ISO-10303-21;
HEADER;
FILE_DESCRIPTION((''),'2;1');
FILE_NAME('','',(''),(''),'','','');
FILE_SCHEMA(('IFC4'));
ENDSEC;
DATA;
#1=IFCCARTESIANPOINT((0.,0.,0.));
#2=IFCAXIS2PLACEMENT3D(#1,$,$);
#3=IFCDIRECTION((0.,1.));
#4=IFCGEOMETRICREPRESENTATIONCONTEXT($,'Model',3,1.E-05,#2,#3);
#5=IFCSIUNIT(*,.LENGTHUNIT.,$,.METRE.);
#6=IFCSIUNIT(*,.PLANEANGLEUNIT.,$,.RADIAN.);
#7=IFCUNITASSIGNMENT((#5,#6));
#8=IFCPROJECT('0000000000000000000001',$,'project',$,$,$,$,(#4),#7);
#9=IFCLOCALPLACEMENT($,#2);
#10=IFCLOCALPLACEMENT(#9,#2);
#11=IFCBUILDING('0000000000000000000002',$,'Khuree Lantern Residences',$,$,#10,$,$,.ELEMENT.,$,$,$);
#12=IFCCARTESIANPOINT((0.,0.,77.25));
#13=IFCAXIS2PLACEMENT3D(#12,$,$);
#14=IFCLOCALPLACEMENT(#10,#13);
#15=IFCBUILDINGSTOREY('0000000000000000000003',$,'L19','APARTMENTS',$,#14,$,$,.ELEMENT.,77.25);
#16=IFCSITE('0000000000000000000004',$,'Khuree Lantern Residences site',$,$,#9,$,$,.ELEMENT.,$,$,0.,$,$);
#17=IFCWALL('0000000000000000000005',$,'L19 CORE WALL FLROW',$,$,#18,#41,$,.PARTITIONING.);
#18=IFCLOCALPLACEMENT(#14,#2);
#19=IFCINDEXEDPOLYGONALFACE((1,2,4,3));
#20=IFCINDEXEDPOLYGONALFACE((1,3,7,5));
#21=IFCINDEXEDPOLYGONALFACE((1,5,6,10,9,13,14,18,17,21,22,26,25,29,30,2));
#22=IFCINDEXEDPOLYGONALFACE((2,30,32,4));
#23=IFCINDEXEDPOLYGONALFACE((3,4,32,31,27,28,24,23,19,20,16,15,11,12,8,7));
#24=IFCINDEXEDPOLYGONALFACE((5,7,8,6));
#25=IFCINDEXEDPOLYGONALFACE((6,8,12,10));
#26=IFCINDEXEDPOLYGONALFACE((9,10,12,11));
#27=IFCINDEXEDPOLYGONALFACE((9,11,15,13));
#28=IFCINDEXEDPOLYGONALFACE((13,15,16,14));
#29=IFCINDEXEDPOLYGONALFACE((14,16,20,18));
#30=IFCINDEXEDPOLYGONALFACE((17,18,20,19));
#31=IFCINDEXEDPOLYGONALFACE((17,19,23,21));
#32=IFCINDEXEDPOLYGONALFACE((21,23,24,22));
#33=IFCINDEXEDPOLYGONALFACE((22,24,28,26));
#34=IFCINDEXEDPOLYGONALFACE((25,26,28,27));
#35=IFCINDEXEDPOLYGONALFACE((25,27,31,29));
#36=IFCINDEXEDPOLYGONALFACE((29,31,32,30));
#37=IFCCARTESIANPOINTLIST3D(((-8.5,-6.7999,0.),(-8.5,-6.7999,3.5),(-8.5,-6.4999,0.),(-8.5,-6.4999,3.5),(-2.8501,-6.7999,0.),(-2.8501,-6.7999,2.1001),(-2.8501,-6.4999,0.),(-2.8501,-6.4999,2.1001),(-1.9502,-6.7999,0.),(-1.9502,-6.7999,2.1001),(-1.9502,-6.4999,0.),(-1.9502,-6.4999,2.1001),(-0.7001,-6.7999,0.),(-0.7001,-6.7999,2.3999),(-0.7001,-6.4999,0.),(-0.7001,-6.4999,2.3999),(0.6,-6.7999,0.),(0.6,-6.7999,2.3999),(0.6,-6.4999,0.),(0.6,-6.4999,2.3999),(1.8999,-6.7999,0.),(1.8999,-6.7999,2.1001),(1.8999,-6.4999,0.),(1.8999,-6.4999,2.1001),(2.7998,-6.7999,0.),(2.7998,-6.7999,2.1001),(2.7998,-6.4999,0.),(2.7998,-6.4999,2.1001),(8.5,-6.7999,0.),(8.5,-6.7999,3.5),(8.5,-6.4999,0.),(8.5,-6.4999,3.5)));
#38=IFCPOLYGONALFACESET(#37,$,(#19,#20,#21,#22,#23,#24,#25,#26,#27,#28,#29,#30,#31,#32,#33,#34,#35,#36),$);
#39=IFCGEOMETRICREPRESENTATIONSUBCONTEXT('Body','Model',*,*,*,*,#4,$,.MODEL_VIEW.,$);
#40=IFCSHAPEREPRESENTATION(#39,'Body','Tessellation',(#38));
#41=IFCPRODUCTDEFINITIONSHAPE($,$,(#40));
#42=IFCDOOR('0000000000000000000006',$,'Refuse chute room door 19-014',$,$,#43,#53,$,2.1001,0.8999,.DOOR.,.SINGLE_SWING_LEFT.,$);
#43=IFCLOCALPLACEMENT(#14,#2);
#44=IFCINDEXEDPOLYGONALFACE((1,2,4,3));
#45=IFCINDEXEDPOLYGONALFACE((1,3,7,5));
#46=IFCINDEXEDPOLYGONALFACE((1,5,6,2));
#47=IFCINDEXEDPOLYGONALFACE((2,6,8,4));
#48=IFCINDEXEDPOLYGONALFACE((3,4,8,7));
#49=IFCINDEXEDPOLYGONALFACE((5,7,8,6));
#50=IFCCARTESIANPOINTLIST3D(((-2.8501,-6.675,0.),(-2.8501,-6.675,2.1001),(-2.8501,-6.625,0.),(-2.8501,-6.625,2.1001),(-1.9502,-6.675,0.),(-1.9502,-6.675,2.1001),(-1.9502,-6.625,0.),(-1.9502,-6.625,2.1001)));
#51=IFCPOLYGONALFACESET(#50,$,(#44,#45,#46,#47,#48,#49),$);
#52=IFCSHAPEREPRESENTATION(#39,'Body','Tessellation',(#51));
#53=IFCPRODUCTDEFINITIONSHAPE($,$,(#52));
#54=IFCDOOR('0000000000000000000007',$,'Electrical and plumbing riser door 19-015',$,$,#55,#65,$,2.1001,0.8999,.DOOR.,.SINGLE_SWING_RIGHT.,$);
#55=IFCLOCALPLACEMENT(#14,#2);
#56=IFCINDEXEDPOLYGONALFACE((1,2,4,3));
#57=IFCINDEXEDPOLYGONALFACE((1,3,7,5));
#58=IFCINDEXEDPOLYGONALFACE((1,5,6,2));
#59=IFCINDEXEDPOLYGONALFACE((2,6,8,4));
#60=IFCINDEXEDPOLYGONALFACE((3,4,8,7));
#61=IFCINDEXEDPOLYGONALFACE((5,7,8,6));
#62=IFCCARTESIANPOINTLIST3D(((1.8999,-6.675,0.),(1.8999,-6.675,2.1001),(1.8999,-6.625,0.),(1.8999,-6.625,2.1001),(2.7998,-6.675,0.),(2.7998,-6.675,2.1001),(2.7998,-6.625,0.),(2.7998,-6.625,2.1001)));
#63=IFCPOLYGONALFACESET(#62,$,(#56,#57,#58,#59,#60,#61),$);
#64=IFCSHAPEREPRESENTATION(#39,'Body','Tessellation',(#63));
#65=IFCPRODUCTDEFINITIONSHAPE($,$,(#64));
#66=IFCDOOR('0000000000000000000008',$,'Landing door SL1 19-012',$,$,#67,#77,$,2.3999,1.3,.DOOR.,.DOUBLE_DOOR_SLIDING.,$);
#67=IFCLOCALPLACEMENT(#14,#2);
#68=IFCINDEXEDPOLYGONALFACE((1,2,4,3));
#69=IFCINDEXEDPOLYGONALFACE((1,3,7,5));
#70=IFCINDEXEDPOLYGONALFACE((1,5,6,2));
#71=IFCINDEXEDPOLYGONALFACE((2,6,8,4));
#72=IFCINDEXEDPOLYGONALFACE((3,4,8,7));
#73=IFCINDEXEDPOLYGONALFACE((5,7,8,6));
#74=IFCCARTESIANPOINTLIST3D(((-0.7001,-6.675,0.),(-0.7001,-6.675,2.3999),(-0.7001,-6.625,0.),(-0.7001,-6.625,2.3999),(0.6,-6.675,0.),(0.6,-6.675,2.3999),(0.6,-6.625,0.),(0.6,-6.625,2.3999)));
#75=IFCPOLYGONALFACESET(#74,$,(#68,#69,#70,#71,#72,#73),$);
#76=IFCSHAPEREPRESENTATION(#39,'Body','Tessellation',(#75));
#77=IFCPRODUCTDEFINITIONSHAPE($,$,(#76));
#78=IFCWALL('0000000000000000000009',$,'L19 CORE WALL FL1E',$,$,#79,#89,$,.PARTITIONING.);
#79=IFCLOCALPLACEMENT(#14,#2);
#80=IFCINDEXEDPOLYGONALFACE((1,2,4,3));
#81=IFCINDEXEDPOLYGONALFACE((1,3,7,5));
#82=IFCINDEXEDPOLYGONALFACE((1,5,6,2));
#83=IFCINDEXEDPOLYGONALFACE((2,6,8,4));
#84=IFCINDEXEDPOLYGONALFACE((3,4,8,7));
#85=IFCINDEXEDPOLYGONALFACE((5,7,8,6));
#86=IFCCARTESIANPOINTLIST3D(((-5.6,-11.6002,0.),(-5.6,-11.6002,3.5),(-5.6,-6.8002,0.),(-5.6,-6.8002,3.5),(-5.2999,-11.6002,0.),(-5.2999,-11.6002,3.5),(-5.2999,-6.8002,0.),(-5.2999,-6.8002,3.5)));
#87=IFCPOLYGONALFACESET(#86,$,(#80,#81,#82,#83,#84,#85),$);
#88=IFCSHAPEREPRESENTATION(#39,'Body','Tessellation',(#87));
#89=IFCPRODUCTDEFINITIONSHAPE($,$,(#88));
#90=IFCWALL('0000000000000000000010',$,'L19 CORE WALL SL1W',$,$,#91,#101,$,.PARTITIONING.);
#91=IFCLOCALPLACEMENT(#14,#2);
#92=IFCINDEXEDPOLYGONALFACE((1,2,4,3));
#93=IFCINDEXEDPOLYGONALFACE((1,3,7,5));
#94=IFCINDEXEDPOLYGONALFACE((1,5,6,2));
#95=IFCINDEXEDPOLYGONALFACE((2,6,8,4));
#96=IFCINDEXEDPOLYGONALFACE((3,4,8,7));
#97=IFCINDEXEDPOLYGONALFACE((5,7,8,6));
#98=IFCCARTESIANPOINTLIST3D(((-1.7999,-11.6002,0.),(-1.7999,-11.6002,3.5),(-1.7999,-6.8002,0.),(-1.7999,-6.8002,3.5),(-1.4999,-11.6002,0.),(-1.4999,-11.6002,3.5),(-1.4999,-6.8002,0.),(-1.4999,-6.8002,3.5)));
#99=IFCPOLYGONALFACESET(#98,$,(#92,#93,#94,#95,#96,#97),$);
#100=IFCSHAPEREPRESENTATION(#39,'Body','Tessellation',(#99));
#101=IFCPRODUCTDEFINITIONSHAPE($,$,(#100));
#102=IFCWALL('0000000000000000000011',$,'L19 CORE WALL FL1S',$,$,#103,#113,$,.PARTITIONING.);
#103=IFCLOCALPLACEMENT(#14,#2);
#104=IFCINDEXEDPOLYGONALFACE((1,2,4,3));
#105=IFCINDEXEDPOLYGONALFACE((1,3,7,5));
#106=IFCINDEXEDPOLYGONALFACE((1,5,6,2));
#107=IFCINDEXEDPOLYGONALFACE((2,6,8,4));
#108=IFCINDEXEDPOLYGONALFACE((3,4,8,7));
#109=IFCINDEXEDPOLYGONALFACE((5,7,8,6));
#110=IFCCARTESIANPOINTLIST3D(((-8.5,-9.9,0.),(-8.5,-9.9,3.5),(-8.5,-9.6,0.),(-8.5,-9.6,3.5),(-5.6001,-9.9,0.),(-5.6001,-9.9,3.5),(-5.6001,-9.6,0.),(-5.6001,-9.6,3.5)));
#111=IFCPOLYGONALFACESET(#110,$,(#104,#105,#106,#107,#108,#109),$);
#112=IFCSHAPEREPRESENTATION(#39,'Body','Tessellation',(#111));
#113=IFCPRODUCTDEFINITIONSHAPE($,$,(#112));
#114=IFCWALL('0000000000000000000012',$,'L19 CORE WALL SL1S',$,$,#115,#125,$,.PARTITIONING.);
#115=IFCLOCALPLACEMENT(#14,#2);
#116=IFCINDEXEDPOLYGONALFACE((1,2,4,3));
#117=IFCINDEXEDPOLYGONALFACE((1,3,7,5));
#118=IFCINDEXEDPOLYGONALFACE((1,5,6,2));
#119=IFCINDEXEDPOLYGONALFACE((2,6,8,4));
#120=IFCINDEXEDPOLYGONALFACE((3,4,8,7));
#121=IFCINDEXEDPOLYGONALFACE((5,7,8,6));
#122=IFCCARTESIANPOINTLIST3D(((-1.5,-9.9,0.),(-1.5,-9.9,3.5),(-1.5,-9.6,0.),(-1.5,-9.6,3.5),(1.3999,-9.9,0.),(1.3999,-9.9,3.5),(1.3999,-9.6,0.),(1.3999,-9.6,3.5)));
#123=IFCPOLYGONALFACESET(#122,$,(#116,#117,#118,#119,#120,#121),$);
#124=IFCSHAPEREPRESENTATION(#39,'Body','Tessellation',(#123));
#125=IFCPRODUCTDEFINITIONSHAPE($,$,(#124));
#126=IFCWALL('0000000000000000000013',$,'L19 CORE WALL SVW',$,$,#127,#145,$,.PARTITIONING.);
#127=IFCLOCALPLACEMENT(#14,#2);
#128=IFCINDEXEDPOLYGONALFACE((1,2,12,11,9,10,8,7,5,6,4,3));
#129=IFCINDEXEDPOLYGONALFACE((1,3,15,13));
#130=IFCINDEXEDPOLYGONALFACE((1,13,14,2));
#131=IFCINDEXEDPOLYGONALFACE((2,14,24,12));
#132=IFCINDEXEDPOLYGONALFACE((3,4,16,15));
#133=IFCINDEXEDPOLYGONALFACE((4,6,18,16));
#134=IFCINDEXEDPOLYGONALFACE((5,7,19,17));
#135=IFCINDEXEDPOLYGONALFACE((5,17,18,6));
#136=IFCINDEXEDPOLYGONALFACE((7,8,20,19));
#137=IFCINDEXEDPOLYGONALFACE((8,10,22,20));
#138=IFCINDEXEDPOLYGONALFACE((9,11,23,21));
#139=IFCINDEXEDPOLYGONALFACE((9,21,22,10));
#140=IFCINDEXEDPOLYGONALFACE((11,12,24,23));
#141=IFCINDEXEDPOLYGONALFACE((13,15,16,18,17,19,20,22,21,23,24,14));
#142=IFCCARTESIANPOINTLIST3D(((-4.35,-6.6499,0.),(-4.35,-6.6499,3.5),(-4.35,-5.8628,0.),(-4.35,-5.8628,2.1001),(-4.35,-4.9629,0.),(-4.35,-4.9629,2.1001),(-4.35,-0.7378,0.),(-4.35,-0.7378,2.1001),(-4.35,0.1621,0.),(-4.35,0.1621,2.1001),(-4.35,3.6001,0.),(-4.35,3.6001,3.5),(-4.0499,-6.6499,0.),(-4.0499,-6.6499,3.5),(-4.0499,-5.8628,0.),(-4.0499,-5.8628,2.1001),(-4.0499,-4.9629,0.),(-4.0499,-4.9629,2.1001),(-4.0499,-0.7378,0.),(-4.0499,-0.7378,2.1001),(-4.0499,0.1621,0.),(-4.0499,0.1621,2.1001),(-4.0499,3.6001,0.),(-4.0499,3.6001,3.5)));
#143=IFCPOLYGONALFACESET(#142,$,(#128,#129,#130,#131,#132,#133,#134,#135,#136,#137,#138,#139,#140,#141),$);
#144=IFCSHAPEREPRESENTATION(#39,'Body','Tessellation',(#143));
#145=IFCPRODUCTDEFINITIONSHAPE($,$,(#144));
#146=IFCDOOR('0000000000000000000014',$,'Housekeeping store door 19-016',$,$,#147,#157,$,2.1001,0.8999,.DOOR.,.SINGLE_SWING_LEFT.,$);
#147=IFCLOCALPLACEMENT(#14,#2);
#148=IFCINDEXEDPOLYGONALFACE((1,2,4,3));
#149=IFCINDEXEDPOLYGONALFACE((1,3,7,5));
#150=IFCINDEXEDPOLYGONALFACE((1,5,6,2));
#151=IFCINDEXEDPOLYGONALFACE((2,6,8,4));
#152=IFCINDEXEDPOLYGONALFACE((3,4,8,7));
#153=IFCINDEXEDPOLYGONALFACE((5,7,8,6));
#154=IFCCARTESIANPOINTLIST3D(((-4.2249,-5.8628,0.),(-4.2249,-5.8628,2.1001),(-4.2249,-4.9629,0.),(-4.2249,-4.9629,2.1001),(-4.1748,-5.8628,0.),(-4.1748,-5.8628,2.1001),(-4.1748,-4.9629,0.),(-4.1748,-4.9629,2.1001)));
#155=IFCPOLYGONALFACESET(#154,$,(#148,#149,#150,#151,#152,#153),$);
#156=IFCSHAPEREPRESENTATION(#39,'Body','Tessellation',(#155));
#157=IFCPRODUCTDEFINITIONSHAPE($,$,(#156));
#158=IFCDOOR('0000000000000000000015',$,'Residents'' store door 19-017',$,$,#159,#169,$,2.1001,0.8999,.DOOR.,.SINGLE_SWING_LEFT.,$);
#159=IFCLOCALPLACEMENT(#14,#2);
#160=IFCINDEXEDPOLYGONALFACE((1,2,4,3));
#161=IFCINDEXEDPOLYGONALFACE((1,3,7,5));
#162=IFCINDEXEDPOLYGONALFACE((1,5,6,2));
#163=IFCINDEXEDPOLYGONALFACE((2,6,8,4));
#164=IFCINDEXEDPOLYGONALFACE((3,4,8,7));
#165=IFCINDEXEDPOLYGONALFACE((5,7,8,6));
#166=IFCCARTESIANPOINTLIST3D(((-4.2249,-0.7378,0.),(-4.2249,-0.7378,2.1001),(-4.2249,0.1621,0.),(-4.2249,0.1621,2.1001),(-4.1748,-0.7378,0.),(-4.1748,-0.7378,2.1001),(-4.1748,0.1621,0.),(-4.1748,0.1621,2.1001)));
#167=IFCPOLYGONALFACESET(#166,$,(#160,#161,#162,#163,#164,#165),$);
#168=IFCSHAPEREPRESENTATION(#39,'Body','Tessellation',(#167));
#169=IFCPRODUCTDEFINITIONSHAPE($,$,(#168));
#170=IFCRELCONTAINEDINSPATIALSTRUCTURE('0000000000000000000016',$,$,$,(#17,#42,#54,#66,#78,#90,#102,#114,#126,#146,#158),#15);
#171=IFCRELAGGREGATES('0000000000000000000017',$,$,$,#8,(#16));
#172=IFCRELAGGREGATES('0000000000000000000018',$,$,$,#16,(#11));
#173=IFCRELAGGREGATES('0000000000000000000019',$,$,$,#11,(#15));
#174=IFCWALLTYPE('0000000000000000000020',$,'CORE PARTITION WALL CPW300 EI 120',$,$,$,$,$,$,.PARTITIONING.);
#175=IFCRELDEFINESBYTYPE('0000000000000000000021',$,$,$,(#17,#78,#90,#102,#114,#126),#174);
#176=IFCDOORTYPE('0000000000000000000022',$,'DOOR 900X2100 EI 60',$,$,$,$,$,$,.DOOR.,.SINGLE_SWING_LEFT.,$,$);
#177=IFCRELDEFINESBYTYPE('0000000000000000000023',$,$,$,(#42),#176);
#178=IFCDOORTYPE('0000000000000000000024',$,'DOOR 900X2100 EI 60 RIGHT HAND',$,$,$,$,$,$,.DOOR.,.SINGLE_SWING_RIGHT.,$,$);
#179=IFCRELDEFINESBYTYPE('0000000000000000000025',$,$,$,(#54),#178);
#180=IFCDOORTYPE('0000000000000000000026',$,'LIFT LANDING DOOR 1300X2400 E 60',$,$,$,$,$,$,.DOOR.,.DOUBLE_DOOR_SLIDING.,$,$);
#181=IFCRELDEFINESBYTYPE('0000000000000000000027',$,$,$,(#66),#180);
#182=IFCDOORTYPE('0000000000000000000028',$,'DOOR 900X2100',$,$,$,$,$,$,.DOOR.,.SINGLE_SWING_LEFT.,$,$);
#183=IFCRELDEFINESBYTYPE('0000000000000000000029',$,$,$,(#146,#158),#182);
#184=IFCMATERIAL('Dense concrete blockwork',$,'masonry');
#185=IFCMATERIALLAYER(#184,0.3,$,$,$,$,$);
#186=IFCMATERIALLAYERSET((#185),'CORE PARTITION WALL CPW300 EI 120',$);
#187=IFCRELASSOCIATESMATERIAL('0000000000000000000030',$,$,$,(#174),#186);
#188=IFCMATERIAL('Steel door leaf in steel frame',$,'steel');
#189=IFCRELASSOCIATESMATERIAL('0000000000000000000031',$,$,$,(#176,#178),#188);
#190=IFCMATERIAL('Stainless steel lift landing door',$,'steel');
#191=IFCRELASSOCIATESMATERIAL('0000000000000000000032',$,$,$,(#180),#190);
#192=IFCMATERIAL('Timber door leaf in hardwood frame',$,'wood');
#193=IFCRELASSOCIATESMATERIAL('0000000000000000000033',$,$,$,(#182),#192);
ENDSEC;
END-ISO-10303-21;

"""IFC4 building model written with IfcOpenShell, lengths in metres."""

from ifc_helpers import new_model, si_unit, direction, frame, frame_2d, origin, place, context, subcontext, project, spatial, rectangle, extrude, material, layer, layer_set, type_object, element, fill, save


model = new_model("IFC4")

# Units and contexts
model_context = context("Model", 3, precision=1e-05, world=origin(), true_north=direction((0.0, 1.0)))
body_context = subcontext(model_context, "Body", "Model", "MODEL_VIEW")
ifc_project = project(units=[si_unit("LENGTHUNIT", "METRE"), si_unit("PLANEANGLEUNIT", "RADIAN")], contexts=[model_context])

# Site, building, storey
site_placement = place(None, origin())
site = spatial("IfcSite", under=ifc_project, at=site_placement, Name="Khuree Lantern Residences site", CompositionType="ELEMENT", RefElevation=0.0)
building_placement = place(site_placement, origin())
building = spatial("IfcBuilding", under=site, at=building_placement, Name="Khuree Lantern Residences", CompositionType="ELEMENT")
storey_placement = place(building_placement, frame((0.0, 0.0, 77.25)))
storey = spatial("IfcBuildingStorey", under=building, at=storey_placement, Name="L19", Description="APARTMENTS", CompositionType="ELEMENT", Elevation=77.25)

# Wall, openings, doors
ifc_material_1 = material(Name="Dense concrete blockwork", Category="masonry")
ifc_layer_1 = layer(ifc_material_1, 0.3)
ifc_layer_set_1 = layer_set([ifc_layer_1], Name="CORE PARTITION WALL CPW300 EI 120")
wall_type_1 = type_object("IfcWallType", Name="CORE PARTITION WALL CPW300 EI 120", PredefinedType="PARTITIONING", material=ifc_layer_set_1)
wall_1_placement = place(storey_placement, frame((-8.5, -6.6499, 0.0), z_axis=(0.0, 0.0, 1.0), x_axis=(1.0, 0.0, 0.0)))
wall_1 = element("IfcWall", 1, at=wall_1_placement, inside=storey, type_object=wall_type_1, Name="L19 CORE WALL FLROW", PredefinedType="PARTITIONING", context=body_context, shape_type="SweptSolid", body=[
    extrude(rectangle(XDim=17.0, YDim=0.3, at=frame_2d((8.5, 0.0))), origin(), (0.0, 0.0, 1.0), 3.5),
])
opening_1_placement = place(wall_1_placement, frame((7.8, 0.0, 0.0)))
opening_1 = element("IfcOpeningElement", 2, at=opening_1_placement, cuts=wall_1, PredefinedType="OPENING", context=body_context, shape_type="SweptSolid", body=[
    extrude(rectangle(XDim=1.3, YDim=2.3999, at=frame_2d((0.6499, 1.2))), frame((0.0, 0.1602, 0.0), z_axis=(0.0, -1.0, 0.0), x_axis=(1.0, 0.0, 0.0)), (0.0, 0.0, 1.0), 0.3201),
])
opening_2_placement = place(wall_1_placement, frame((5.6499, 0.0, 0.0)))
opening_2 = element("IfcOpeningElement", 3, at=opening_2_placement, cuts=wall_1, PredefinedType="OPENING", context=body_context, shape_type="SweptSolid", body=[
    extrude(rectangle(XDim=0.8999, YDim=2.1001, at=frame_2d((0.45, 1.05))), frame((0.0, 0.1602, 0.0), z_axis=(0.0, -1.0, 0.0), x_axis=(1.0, 0.0, 0.0)), (0.0, 0.0, 1.0), 0.3201),
])
opening_3_placement = place(wall_1_placement, frame((10.3999, 0.0, 0.0)))
opening_3 = element("IfcOpeningElement", 4, at=opening_3_placement, cuts=wall_1, PredefinedType="OPENING", context=body_context, shape_type="SweptSolid", body=[
    extrude(rectangle(XDim=0.8999, YDim=2.1001, at=frame_2d((0.45, 1.05))), frame((0.0, 0.1602, 0.0), z_axis=(0.0, -1.0, 0.0), x_axis=(1.0, 0.0, 0.0)), (0.0, 0.0, 1.0), 0.3201),
])
ifc_material_2 = material(Name="Steel door leaf in steel frame", Category="steel")
door_type_1 = type_object("IfcDoorType", Name="DOOR 900X2100 EI 60", OperationType="SINGLE_SWING_LEFT", PredefinedType="DOOR", material=ifc_material_2)
door_1_placement = place(opening_2_placement, origin())
door_1 = element("IfcDoor", 5, at=door_1_placement, inside=storey, type_object=door_type_1, Name="Refuse chute room door 19-014", OperationType="SINGLE_SWING_LEFT", OverallHeight=2.1001, OverallWidth=0.8999, PredefinedType="DOOR", context=body_context, shape_type="SweptSolid", body=[
    extrude(rectangle(XDim=0.8999, YDim=2.1001, at=frame_2d((0.45, 1.05))), frame((0.0, 0.0249, 0.0), z_axis=(0.0, -1.0, 0.0), x_axis=(1.0, 0.0, 0.0)), (0.0, 0.0, 1.0), 0.05),
])
fill(opening_2, door_1)
door_type_2 = type_object("IfcDoorType", Name="DOOR 900X2100 EI 60 RIGHT HAND", OperationType="SINGLE_SWING_RIGHT", PredefinedType="DOOR", material=ifc_material_2)
door_2_placement = place(opening_3_placement, origin())
door_2 = element("IfcDoor", 6, at=door_2_placement, inside=storey, type_object=door_type_2, Name="Electrical and plumbing riser door 19-015", OperationType="SINGLE_SWING_RIGHT", OverallHeight=2.1001, OverallWidth=0.8999, PredefinedType="DOOR", context=body_context, shape_type="SweptSolid", body=[
    extrude(rectangle(XDim=0.8999, YDim=2.1001, at=frame_2d((0.45, 1.05))), frame((0.0, 0.0249, 0.0), z_axis=(0.0, -1.0, 0.0), x_axis=(1.0, 0.0, 0.0)), (0.0, 0.0, 1.0), 0.05),
])
fill(opening_3, door_2)
ifc_material_3 = material(Name="Stainless steel lift landing door", Category="steel")
door_type_3 = type_object("IfcDoorType", Name="LIFT LANDING DOOR 1300X2400 E 60", OperationType="DOUBLE_DOOR_SLIDING", PredefinedType="DOOR", material=ifc_material_3)
door_3_placement = place(opening_1_placement, origin())
door_3 = element("IfcDoor", 7, at=door_3_placement, inside=storey, type_object=door_type_3, Name="Landing door SL1 19-012", OperationType="DOUBLE_DOOR_SLIDING", OverallHeight=2.3999, OverallWidth=1.3, PredefinedType="DOOR", context=body_context, shape_type="SweptSolid", body=[
    extrude(rectangle(XDim=1.3, YDim=2.3999, at=frame_2d((0.6499, 1.2))), frame((0.0, 0.0249, 0.0), z_axis=(0.0, -1.0, 0.0), x_axis=(1.0, 0.0, 0.0)), (0.0, 0.0, 1.0), 0.05),
])
fill(opening_1, door_3)

# Walls
for number, where, z_axis, x_axis, name in (
    (8, (-5.45, -11.6001, 0.0), (0.0, 0.0, 1.0), (0.0, 1.0, 0.0), "L19 CORE WALL FL1E"),
    (9, (-1.6499, -11.6001, 0.0), (0.0, 0.0, 1.0), (0.0, 1.0, 0.0), "L19 CORE WALL SL1W"),
):
    element("IfcWall", number, at=place(storey_placement, frame(where, z_axis=z_axis, x_axis=x_axis)), inside=storey, type_object=wall_type_1, Name=name, PredefinedType="PARTITIONING", context=body_context, shape_type="SweptSolid", body=[
        extrude(rectangle(XDim=4.8, YDim=0.3, at=frame_2d((2.3999, 0.0))), origin(), (0.0, 0.0, 1.0), 3.5),
    ])
for number, where, z_axis, x_axis, name in (
    (10, (-8.5, -9.75, 0.0), (0.0, 0.0, 1.0), (1.0, 0.0, 0.0), "L19 CORE WALL FL1S"),
    (11, (-1.5, -9.75, 0.0), (0.0, 0.0, 1.0), (1.0, 0.0, 0.0), "L19 CORE WALL SL1S"),
):
    element("IfcWall", number, at=place(storey_placement, frame(where, z_axis=z_axis, x_axis=x_axis)), inside=storey, type_object=wall_type_1, Name=name, PredefinedType="PARTITIONING", context=body_context, shape_type="SweptSolid", body=[
        extrude(rectangle(XDim=2.8999, YDim=0.3, at=frame_2d((1.45, 0.0))), origin(), (0.0, 0.0, 1.0), 3.5),
    ])

# Wall, openings, doors
wall_2_placement = place(storey_placement, frame((-4.2, -6.6499, 0.0), z_axis=(0.0, 0.0, 1.0), x_axis=(0.0, 1.0, 0.0)))
wall_2 = element("IfcWall", 12, at=wall_2_placement, inside=storey, type_object=wall_type_1, Name="L19 CORE WALL SVW", PredefinedType="PARTITIONING", context=body_context, shape_type="SweptSolid", body=[
    extrude(rectangle(XDim=10.25, YDim=0.3, at=frame_2d((5.125, 0.0))), origin(), (0.0, 0.0, 1.0), 3.5),
])
opening_4_placement = place(wall_2_placement, frame((0.7871, 0.0, 0.0)))
opening_4 = element("IfcOpeningElement", 13, at=opening_4_placement, cuts=wall_2, PredefinedType="OPENING", context=body_context, shape_type="SweptSolid", body=[
    extrude(rectangle(XDim=0.8999, YDim=2.1001, at=frame_2d((0.45, 1.05))), frame((0.0, 0.1602, 0.0), z_axis=(0.0, -1.0, 0.0), x_axis=(1.0, 0.0, 0.0)), (0.0, 0.0, 1.0), 0.3201),
])
opening_5_placement = place(wall_2_placement, frame((5.9121, 0.0, 0.0)))
opening_5 = element("IfcOpeningElement", 14, at=opening_5_placement, cuts=wall_2, PredefinedType="OPENING", context=body_context, shape_type="SweptSolid", body=[
    extrude(rectangle(XDim=0.8999, YDim=2.1001, at=frame_2d((0.45, 1.05))), frame((0.0, 0.1602, 0.0), z_axis=(0.0, -1.0, 0.0), x_axis=(1.0, 0.0, 0.0)), (0.0, 0.0, 1.0), 0.3201),
])
ifc_material_4 = material(Name="Timber door leaf in hardwood frame", Category="wood")
door_type_4 = type_object("IfcDoorType", Name="DOOR 900X2100", OperationType="SINGLE_SWING_LEFT", PredefinedType="DOOR", material=ifc_material_4)
door_4_placement = place(opening_4_placement, origin())
door_4 = element("IfcDoor", 15, at=door_4_placement, inside=storey, type_object=door_type_4, Name="Housekeeping store door 19-016", OperationType="SINGLE_SWING_LEFT", OverallHeight=2.1001, OverallWidth=0.8999, PredefinedType="DOOR", context=body_context, shape_type="SweptSolid", body=[
    extrude(rectangle(XDim=0.8999, YDim=2.1001, at=frame_2d((0.45, 1.05))), frame((0.0, 0.0249, 0.0), z_axis=(0.0, -1.0, 0.0), x_axis=(1.0, 0.0, 0.0)), (0.0, 0.0, 1.0), 0.05),
])
fill(opening_4, door_4)
door_5_placement = place(opening_5_placement, origin())
door_5 = element("IfcDoor", 16, at=door_5_placement, inside=storey, type_object=door_type_4, Name="Residents' store door 19-017", OperationType="SINGLE_SWING_LEFT", OverallHeight=2.1001, OverallWidth=0.8999, PredefinedType="DOOR", context=body_context, shape_type="SweptSolid", body=[
    extrude(rectangle(XDim=0.8999, YDim=2.1001, at=frame_2d((0.45, 1.05))), frame((0.0, 0.0249, 0.0), z_axis=(0.0, -1.0, 0.0), x_axis=(1.0, 0.0, 0.0)), (0.0, 0.0, 1.0), 0.05),
])
fill(opening_5, door_5)

save(model, "model.ifc")
